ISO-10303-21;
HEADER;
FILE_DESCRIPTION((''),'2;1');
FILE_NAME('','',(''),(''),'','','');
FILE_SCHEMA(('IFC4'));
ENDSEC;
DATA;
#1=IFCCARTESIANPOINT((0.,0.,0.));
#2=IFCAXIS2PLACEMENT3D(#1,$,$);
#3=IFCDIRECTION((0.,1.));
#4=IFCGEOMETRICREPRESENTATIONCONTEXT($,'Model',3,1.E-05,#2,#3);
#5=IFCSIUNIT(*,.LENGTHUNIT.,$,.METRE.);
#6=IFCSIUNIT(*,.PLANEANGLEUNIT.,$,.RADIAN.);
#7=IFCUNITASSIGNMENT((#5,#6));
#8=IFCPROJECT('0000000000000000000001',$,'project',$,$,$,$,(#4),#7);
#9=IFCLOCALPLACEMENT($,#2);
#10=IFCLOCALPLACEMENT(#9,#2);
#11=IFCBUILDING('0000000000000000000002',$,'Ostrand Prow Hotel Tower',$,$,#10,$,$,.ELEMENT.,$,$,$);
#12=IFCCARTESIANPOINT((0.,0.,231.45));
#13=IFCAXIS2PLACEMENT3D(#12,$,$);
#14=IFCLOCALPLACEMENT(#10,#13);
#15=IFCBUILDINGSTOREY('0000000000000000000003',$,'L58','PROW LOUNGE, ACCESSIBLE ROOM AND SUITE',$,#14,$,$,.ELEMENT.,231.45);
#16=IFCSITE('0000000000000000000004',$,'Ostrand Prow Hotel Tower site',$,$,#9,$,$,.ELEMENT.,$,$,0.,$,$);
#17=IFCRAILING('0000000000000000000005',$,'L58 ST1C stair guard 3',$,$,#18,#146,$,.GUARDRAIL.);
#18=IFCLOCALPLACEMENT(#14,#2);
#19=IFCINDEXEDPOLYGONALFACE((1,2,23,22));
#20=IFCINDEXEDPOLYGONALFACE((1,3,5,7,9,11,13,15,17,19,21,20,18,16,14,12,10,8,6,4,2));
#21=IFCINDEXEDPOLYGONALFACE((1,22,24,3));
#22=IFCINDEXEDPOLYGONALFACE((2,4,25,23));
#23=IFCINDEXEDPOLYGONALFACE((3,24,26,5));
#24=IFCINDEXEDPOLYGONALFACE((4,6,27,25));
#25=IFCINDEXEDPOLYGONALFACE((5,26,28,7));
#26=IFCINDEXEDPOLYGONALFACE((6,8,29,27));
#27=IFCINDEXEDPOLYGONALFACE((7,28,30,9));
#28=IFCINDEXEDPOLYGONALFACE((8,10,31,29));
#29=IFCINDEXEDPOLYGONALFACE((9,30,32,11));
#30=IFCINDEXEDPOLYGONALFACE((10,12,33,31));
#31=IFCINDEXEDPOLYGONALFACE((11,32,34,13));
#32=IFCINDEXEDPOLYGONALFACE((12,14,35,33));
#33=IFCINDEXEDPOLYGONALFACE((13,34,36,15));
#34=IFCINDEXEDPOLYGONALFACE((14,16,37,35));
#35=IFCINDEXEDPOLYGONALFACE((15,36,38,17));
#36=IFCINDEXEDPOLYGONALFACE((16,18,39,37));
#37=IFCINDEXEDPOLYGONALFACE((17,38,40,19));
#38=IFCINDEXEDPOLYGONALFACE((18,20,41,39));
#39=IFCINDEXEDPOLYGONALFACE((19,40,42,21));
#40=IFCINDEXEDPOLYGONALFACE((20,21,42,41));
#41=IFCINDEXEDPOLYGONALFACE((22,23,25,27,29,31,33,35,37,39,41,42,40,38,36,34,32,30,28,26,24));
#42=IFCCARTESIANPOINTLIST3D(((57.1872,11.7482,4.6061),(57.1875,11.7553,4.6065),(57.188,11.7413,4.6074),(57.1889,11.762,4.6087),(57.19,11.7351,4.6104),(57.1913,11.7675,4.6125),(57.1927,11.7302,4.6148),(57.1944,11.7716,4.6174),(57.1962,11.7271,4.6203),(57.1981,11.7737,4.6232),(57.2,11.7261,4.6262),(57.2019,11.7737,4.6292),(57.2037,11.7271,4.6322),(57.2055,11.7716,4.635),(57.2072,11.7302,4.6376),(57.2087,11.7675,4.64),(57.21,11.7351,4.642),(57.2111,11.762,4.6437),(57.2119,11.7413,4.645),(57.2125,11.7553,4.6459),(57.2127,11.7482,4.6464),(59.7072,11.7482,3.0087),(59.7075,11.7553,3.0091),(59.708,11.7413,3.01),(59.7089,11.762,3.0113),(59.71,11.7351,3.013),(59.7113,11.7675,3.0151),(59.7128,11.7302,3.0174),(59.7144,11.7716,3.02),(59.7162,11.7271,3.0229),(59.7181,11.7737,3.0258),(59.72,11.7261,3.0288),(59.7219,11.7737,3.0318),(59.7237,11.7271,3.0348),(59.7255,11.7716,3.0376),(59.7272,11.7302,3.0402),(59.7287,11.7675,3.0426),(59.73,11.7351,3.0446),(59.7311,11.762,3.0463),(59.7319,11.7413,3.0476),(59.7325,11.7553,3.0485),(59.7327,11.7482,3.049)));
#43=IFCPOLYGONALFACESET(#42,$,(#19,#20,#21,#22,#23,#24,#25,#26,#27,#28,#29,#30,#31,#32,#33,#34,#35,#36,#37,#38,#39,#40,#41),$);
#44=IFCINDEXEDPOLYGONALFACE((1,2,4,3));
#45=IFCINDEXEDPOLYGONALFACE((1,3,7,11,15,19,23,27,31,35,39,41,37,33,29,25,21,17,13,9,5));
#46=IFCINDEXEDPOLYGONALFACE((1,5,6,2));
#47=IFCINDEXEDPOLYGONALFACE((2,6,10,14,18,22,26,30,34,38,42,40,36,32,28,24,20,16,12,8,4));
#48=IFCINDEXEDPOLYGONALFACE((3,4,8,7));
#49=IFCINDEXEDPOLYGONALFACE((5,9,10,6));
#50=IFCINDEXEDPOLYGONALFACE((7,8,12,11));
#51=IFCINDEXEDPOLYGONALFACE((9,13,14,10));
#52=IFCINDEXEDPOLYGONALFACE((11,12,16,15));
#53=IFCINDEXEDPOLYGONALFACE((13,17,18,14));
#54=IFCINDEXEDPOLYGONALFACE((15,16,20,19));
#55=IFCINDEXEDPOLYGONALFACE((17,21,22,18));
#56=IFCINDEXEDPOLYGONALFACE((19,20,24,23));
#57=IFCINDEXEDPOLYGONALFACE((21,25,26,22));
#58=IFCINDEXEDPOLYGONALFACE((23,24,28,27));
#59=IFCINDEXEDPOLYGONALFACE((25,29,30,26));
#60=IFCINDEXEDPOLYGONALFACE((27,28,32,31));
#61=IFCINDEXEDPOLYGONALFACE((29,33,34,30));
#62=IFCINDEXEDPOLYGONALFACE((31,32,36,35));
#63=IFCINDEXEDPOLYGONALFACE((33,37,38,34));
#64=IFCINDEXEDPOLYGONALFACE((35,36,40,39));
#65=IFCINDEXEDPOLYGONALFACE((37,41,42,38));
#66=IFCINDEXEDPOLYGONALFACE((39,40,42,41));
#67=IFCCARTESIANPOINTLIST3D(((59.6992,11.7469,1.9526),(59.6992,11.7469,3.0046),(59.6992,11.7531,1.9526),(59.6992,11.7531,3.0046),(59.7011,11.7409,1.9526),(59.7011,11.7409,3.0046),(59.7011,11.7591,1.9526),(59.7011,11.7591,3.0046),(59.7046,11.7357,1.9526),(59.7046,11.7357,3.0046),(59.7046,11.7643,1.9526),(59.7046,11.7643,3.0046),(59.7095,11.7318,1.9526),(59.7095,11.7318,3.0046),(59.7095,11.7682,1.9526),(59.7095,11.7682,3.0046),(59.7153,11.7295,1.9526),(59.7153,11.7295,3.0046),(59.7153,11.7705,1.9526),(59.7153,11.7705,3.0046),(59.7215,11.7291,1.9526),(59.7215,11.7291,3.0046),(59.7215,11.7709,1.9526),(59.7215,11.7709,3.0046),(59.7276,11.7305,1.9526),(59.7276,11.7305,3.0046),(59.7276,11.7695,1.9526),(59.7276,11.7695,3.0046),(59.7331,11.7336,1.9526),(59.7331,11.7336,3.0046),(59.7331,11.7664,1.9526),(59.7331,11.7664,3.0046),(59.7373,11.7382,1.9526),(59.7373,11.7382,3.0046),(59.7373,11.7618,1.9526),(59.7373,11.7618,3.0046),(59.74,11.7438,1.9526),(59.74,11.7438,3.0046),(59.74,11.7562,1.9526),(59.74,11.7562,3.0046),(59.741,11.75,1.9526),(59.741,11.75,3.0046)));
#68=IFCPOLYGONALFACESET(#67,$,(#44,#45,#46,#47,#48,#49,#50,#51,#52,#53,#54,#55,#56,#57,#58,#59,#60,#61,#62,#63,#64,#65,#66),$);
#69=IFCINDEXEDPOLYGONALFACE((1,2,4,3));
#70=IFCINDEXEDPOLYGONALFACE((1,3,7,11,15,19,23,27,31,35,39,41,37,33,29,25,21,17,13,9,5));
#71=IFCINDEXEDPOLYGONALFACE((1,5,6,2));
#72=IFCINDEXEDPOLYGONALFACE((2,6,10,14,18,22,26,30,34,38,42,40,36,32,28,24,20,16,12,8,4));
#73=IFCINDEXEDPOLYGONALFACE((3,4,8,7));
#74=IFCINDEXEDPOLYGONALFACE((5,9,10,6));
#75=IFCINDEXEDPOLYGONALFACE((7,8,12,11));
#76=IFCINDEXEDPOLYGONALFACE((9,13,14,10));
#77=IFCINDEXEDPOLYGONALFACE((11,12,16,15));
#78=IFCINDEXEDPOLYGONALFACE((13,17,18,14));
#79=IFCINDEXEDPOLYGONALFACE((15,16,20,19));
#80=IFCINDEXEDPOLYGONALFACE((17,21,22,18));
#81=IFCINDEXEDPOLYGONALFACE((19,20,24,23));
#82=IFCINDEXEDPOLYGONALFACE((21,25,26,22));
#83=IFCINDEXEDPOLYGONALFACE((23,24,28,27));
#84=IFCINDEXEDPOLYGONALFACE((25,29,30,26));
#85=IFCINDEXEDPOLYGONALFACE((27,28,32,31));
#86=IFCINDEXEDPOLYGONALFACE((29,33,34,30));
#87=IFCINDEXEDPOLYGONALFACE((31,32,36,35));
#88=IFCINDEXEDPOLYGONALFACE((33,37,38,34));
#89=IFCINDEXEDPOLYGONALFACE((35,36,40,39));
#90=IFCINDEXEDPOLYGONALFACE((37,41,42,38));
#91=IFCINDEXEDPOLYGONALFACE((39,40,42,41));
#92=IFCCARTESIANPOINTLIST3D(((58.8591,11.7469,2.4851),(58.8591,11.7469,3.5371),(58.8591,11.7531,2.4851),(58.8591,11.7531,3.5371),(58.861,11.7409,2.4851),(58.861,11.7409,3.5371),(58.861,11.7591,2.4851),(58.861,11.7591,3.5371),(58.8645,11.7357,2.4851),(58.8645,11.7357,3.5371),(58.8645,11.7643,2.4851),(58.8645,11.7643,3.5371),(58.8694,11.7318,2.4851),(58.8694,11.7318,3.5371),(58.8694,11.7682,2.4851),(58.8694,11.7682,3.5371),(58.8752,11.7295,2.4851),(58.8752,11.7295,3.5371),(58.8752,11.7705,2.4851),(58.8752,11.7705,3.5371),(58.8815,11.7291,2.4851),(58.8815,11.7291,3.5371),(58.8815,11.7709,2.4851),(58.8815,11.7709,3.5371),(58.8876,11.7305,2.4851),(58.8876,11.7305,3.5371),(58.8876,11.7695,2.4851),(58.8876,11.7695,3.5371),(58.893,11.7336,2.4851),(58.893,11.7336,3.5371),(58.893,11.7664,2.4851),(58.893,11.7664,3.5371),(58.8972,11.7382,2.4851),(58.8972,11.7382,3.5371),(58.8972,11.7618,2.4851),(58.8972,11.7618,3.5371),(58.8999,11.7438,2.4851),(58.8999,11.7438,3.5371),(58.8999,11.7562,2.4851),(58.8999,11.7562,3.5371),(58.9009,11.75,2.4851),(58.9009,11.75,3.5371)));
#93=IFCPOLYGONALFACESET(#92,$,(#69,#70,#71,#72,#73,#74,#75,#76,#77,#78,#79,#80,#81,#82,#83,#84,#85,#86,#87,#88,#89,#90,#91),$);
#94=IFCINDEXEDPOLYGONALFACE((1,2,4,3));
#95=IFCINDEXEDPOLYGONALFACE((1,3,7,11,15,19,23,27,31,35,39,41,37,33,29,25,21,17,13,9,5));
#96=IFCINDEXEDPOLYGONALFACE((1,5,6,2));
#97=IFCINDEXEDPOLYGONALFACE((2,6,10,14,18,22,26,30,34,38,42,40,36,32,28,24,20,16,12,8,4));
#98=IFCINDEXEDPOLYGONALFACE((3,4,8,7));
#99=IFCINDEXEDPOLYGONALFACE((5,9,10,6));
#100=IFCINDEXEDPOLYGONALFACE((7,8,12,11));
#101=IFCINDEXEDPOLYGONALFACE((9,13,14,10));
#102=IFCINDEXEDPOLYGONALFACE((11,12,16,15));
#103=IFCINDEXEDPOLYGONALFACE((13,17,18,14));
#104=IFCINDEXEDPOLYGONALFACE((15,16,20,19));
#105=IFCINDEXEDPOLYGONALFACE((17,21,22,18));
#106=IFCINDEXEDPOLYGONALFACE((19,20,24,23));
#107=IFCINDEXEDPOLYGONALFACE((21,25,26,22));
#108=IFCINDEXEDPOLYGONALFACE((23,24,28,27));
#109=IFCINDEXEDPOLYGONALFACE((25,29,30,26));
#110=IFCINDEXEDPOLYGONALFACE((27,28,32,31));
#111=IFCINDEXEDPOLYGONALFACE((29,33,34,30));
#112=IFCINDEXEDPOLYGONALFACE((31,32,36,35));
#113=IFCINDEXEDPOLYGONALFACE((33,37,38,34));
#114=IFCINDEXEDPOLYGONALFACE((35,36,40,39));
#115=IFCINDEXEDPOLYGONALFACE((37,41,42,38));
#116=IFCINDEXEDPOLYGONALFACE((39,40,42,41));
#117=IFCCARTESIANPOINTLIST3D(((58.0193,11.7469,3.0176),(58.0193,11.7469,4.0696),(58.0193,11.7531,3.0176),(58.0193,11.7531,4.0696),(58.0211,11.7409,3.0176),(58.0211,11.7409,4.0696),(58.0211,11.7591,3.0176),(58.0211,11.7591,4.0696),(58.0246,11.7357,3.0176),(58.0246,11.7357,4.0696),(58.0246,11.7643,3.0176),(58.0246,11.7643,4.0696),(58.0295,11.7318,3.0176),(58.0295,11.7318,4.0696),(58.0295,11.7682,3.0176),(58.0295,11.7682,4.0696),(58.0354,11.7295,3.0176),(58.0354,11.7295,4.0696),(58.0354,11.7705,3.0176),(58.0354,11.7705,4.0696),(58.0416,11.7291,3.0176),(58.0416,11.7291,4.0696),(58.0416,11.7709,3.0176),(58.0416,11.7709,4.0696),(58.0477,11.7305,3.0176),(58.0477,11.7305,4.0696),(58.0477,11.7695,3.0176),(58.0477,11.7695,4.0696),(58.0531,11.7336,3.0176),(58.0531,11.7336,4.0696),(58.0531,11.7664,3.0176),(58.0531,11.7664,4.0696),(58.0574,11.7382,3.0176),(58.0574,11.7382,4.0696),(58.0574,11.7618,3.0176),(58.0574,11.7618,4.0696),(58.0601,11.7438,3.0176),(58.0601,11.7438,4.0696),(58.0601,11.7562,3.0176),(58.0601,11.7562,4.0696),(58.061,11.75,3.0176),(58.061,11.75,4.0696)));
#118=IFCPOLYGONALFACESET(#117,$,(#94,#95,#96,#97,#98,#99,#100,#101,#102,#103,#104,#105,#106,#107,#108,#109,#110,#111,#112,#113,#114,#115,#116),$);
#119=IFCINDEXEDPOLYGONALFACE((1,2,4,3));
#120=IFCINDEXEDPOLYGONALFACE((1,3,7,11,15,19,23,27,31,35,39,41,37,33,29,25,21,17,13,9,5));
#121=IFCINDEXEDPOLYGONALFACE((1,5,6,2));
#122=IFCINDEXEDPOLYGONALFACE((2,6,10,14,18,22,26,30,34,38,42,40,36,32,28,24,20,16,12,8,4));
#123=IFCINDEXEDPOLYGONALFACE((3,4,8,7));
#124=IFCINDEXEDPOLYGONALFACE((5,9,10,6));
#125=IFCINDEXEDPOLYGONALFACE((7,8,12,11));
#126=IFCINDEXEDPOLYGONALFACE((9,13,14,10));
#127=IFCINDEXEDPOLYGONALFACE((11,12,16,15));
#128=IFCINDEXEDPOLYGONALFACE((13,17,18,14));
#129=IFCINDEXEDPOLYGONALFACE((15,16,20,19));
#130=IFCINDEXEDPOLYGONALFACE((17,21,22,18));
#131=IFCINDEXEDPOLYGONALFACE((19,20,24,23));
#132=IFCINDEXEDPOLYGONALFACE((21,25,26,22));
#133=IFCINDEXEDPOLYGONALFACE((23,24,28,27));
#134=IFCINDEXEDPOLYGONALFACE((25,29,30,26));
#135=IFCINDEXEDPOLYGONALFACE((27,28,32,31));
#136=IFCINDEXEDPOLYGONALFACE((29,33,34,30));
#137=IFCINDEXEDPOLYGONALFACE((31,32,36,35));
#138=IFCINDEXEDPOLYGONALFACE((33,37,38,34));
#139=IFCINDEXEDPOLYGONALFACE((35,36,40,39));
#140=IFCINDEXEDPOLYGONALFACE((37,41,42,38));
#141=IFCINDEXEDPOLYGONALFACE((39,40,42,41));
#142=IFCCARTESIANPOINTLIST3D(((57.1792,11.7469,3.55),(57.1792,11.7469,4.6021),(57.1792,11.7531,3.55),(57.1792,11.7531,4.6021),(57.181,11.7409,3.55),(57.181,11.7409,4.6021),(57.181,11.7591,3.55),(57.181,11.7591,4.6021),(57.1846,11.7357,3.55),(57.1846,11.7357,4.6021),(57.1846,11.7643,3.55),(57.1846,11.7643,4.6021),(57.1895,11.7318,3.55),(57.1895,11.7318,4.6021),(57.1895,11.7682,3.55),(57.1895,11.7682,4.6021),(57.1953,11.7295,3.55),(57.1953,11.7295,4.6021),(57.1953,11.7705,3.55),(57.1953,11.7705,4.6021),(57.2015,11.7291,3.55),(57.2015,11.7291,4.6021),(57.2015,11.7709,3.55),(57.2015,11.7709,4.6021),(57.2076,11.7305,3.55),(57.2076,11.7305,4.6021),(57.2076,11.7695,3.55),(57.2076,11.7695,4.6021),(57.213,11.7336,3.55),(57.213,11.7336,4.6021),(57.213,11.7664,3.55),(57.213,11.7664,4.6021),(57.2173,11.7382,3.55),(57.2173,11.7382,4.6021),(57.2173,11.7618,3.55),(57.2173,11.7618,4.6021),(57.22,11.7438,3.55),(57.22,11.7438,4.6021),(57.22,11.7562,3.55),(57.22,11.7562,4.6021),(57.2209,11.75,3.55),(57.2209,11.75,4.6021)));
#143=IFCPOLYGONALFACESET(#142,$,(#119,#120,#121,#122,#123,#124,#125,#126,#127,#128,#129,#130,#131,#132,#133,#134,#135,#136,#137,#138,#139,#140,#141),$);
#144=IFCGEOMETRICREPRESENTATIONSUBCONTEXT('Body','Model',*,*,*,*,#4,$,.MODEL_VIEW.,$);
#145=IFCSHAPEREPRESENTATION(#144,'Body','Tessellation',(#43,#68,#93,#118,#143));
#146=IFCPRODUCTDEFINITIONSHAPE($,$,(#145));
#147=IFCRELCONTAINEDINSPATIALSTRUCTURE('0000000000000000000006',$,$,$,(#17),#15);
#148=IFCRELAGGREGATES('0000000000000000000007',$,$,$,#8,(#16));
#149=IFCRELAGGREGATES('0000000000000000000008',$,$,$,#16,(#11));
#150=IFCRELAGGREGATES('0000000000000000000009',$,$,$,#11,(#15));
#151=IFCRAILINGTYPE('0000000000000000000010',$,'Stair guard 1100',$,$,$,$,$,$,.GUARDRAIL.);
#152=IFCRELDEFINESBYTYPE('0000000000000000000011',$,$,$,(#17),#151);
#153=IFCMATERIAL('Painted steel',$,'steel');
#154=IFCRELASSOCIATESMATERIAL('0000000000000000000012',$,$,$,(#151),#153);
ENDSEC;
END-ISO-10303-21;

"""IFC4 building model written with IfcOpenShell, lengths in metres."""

from ifc_helpers import new_model, si_unit, direction, frame, origin, origin_2d, place, context, subcontext, project, spatial, circle, extrude, material, type_object, element, save


model = new_model("IFC4")

# Units and contexts
model_context = context("Model", 3, precision=1e-05, world=origin(), true_north=direction((0.0, 1.0)))
body_context = subcontext(model_context, "Body", "Model", "MODEL_VIEW")
ifc_project = project(units=[si_unit("LENGTHUNIT", "METRE"), si_unit("PLANEANGLEUNIT", "RADIAN")], contexts=[model_context])

# Site, building, storey
site_placement = place(None, origin())
site = spatial("IfcSite", under=ifc_project, at=site_placement, Name="Ostrand Prow Hotel Tower site", CompositionType="ELEMENT", RefElevation=0.0)
building_placement = place(site_placement, origin())
building = spatial("IfcBuilding", under=site, at=building_placement, Name="Ostrand Prow Hotel Tower", CompositionType="ELEMENT")
storey_placement = place(building_placement, frame((0.0, 0.0, 231.45)))
storey = spatial("IfcBuildingStorey", under=building, at=storey_placement, Name="L58", Description="PROW LOUNGE, ACCESSIBLE ROOM AND SUITE", CompositionType="ELEMENT", Elevation=231.45)

# Railing
ifc_material_1 = material(Name="Painted steel", Category="steel")
railing_type_1 = type_object("IfcRailingType", Name="Stair guard 1100", PredefinedType="GUARDRAIL", material=ifc_material_1)
railing_1_placement = place(storey_placement, frame((59.72, 11.75, 1.9526)))
element("IfcRailing", 1, at=railing_1_placement, inside=storey, type_object=railing_type_1, Name="L58 ST1C stair guard 3", PredefinedType="GUARDRAIL", context=body_context, shape_type="SweptSolid", body=[
    extrude(circle(Radius=0.0239, at=origin_2d()), frame((0.0, 0.0, 1.0762), z_axis=(-0.844607, 0.0, 0.535387), x_axis=(0.0, -1.0, 0.0)), (0.0, 0.0, 1.0), 2.9836),
    extrude(circle(Radius=0.021, at=origin_2d()), origin(), (0.0, 0.0, 1.0), 1.052),
    extrude(circle(Radius=0.021, at=origin_2d()), frame((-0.8401, 0.0, 0.5325)), (0.0, 0.0, 1.0), 1.052),
    extrude(circle(Radius=0.021, at=origin_2d()), frame((-1.6799, 0.0, 1.0649)), (0.0, 0.0, 1.0), 1.052),
    extrude(circle(Radius=0.021, at=origin_2d()), frame((-2.52, 0.0, 1.5974)), (0.0, 0.0, 1.0), 1.052),
])

save(model, "model.ifc")
